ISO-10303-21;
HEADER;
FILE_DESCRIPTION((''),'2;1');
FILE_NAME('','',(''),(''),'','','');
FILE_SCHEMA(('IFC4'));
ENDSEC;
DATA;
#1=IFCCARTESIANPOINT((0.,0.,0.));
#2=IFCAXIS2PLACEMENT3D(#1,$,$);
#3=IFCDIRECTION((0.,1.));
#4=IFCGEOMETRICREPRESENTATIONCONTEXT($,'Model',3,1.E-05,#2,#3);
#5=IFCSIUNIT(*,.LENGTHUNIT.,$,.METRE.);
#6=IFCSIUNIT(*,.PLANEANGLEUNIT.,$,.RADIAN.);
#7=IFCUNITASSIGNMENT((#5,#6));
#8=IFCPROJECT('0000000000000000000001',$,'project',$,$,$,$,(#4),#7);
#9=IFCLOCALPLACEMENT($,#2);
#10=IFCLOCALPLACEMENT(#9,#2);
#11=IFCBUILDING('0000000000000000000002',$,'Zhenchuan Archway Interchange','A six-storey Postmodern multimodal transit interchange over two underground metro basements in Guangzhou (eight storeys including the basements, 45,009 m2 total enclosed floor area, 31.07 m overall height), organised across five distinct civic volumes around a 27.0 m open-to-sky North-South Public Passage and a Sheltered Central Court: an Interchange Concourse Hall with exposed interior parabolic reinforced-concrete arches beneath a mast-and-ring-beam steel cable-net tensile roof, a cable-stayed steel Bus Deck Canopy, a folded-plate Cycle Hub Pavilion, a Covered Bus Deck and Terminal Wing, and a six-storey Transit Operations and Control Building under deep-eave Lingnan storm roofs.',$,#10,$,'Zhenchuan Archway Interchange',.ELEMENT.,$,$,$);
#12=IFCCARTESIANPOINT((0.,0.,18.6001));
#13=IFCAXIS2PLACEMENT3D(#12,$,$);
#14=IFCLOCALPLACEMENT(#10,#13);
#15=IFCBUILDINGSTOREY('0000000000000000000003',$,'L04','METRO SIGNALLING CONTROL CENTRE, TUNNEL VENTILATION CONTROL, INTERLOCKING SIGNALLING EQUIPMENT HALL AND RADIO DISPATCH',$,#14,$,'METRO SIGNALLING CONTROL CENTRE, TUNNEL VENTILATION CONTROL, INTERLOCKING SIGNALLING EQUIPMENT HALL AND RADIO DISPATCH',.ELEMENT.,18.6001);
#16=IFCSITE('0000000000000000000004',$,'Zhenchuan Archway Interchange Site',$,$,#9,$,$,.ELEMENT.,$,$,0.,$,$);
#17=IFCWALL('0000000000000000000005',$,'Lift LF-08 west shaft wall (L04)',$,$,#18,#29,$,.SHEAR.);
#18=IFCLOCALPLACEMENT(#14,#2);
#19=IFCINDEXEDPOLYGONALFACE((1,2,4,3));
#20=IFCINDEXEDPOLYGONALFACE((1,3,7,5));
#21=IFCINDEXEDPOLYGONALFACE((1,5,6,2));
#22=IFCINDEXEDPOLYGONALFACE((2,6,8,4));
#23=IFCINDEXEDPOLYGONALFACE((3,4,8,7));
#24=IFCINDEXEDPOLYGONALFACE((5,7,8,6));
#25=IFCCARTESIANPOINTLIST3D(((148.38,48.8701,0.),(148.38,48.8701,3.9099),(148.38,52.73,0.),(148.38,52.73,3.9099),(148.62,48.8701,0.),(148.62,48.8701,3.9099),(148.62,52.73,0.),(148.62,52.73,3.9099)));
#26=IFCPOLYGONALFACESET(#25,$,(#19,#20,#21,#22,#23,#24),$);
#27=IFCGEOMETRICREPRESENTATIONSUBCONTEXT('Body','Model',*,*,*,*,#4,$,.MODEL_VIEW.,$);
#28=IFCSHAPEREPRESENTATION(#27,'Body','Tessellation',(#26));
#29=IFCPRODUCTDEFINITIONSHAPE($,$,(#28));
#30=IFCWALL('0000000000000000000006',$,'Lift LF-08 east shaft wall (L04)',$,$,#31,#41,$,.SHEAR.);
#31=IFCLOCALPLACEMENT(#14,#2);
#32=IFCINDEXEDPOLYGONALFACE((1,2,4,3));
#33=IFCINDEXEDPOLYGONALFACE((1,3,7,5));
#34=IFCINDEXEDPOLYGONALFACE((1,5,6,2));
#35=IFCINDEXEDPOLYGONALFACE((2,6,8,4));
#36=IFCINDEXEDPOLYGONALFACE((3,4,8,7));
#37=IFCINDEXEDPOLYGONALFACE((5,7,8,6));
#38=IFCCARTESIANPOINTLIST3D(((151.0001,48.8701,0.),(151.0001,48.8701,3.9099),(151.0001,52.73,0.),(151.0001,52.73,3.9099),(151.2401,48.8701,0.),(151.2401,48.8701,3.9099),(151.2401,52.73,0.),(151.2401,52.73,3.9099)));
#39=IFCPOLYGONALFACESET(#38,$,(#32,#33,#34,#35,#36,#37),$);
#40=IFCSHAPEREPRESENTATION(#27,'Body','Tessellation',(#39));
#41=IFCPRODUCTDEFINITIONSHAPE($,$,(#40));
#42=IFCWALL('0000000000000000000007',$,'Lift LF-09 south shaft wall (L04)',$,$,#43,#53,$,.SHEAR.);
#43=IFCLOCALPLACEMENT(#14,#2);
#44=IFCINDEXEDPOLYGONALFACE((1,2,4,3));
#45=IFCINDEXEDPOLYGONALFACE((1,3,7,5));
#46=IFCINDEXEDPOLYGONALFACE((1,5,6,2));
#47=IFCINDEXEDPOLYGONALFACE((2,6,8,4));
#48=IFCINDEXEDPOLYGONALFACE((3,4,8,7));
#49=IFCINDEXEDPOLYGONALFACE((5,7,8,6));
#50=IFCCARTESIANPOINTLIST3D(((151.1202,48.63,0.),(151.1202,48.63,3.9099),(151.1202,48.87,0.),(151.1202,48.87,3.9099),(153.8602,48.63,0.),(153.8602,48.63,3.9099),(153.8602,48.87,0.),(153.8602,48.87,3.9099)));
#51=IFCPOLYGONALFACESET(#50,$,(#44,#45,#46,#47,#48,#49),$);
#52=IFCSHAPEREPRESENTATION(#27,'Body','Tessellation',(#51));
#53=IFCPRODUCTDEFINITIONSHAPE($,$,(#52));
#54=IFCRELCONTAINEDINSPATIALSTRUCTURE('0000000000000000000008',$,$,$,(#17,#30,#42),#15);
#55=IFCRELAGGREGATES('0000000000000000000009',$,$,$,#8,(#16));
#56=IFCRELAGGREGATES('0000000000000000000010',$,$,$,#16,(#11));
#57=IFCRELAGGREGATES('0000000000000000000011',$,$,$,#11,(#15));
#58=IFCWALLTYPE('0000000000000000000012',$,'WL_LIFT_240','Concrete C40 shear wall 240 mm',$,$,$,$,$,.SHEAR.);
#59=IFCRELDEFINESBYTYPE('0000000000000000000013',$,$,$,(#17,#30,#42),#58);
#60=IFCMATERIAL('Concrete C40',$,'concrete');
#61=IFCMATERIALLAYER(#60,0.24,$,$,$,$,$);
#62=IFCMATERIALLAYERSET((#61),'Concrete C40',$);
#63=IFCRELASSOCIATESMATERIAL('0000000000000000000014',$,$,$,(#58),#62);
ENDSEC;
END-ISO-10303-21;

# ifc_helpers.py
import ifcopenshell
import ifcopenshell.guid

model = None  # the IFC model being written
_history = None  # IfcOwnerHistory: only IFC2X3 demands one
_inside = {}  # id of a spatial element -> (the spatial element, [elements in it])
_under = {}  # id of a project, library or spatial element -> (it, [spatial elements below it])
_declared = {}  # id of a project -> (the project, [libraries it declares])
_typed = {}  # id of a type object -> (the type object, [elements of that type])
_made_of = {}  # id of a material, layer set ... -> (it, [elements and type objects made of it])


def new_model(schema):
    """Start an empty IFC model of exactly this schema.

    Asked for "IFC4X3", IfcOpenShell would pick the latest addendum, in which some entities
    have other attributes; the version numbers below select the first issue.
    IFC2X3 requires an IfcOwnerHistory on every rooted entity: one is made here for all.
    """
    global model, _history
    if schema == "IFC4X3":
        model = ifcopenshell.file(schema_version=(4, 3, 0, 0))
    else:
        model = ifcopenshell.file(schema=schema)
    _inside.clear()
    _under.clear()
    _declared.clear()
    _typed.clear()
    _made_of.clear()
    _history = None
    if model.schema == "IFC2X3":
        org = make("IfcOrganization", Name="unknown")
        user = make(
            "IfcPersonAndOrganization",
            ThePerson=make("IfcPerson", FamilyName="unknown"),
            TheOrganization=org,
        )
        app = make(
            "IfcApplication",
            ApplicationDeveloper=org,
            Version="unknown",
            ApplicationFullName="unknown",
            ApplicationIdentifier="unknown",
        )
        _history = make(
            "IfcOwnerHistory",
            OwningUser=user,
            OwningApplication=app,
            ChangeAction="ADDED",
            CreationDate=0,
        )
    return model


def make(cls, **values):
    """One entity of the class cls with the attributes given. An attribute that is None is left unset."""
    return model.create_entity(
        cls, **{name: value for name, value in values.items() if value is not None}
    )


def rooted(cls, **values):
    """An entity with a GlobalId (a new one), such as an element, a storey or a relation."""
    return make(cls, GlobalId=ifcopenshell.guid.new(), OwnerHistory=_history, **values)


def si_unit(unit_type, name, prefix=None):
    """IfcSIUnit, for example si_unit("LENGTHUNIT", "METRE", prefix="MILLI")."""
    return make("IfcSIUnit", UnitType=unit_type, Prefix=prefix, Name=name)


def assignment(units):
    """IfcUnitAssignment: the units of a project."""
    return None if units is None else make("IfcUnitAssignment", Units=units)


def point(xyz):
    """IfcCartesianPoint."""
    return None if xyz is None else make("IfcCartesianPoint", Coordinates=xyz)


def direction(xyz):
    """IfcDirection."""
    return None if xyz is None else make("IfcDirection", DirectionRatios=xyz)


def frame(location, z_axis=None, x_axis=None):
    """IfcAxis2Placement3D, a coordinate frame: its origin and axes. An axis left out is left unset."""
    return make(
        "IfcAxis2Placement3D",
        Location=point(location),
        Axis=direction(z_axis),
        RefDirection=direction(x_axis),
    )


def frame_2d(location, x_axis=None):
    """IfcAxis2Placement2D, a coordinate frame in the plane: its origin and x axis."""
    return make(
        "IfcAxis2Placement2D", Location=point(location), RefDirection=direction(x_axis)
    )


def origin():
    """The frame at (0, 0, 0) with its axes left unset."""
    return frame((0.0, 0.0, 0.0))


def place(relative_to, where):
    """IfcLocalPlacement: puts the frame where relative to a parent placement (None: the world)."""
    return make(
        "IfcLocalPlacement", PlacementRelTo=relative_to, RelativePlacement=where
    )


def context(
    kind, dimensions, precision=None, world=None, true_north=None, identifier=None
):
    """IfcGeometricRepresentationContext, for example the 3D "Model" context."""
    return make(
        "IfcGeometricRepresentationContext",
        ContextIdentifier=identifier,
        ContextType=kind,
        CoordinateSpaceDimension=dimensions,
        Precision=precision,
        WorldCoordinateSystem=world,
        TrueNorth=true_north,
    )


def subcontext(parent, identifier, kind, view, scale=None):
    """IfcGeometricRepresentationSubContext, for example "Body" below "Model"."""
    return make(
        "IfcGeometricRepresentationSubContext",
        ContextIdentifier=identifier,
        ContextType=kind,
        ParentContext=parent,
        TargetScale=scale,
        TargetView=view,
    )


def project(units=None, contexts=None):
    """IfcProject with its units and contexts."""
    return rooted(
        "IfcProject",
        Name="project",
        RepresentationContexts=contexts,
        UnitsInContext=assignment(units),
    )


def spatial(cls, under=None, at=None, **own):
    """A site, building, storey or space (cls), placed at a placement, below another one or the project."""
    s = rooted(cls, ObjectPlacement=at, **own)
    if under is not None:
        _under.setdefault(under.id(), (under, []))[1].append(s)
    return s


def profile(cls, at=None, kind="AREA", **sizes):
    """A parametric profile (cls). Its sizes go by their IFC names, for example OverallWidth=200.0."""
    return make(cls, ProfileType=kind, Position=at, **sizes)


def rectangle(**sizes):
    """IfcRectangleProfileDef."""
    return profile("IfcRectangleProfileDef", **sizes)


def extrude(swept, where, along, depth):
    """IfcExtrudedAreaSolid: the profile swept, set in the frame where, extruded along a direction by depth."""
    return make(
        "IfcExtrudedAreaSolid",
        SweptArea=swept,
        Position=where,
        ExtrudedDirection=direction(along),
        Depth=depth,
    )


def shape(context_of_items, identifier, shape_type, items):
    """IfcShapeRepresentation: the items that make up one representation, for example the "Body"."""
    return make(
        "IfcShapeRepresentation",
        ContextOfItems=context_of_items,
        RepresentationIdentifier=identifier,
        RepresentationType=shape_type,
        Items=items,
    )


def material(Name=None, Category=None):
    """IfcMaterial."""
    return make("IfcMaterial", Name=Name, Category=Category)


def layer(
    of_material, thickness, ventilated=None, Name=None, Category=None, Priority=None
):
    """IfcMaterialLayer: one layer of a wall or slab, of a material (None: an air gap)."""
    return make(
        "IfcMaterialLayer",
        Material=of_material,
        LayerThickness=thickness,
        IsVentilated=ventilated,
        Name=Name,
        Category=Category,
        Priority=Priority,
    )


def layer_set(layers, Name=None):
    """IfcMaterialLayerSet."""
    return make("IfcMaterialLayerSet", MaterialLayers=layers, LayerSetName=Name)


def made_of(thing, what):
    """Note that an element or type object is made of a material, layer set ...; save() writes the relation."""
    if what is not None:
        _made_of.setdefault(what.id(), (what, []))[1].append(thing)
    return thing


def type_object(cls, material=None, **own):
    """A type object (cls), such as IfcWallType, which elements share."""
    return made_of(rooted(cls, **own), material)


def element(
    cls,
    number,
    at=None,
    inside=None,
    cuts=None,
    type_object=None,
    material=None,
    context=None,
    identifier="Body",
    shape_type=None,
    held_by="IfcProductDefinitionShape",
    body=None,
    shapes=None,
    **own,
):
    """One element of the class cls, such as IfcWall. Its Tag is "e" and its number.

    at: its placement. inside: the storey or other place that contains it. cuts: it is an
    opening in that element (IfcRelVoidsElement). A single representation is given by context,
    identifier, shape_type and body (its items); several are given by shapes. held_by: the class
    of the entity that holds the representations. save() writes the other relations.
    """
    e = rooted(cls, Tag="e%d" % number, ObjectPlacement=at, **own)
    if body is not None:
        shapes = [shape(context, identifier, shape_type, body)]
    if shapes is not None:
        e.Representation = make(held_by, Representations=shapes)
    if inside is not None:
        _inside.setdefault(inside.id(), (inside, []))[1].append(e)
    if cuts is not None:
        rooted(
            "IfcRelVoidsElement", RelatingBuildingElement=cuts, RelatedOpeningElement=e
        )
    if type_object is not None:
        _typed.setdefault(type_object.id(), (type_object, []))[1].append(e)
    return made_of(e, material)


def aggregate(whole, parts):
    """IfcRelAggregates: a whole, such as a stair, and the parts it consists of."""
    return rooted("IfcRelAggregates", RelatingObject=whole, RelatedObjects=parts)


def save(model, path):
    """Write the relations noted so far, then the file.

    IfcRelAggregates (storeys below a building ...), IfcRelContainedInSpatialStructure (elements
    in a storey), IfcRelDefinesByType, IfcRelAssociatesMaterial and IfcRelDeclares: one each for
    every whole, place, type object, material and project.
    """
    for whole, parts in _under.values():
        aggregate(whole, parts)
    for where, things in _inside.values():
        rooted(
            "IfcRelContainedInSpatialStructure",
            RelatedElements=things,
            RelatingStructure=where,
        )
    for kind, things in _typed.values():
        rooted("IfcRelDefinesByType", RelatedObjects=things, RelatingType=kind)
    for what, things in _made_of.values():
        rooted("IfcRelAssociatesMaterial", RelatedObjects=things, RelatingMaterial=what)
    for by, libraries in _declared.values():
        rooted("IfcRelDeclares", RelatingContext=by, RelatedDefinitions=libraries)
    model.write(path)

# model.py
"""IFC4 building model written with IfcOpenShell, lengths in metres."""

from ifc_helpers import new_model, si_unit, direction, frame, frame_2d, origin, place, context, subcontext, project, spatial, rectangle, extrude, material, layer, layer_set, type_object, element, save


model = new_model("IFC4")

# Units and contexts
model_context = context("Model", 3, precision=1e-05, world=origin(), true_north=direction((0.0, 1.0)))
body_context = subcontext(model_context, "Body", "Model", "MODEL_VIEW")
ifc_project = project(units=[si_unit("LENGTHUNIT", "METRE"), si_unit("PLANEANGLEUNIT", "RADIAN")], contexts=[model_context])

# Site, building, storey
site_placement = place(None, origin())
site = spatial("IfcSite", under=ifc_project, at=site_placement, Name="Zhenchuan Archway Interchange Site", CompositionType="ELEMENT", RefElevation=0.0)
building_placement = place(site_placement, origin())
building = spatial("IfcBuilding", under=site, at=building_placement, Name="Zhenchuan Archway Interchange", Description="A six-storey Postmodern multimodal transit interchange over two underground metro basements in Guangzhou (eight storeys including the basements, 45,009 m2 total enclosed floor area, 31.07 m overall height), organised across five distinct civic volumes around a 27.0 m open-to-sky North-South Public Passage and a Sheltered Central Court: an Interchange Concourse Hall with exposed interior parabolic reinforced-concrete arches beneath a mast-and-ring-beam steel cable-net tensile roof, a cable-stayed steel Bus Deck Canopy, a folded-plate Cycle Hub Pavilion, a Covered Bus Deck and Terminal Wing, and a six-storey Transit Operations and Control Building under deep-eave Lingnan storm roofs.", LongName="Zhenchuan Archway Interchange", CompositionType="ELEMENT")
storey_placement = place(building_placement, frame((0.0, 0.0, 18.6001)))
storey = spatial("IfcBuildingStorey", under=building, at=storey_placement, Name="L04", Description="METRO SIGNALLING CONTROL CENTRE, TUNNEL VENTILATION CONTROL, INTERLOCKING SIGNALLING EQUIPMENT HALL AND RADIO DISPATCH", LongName="METRO SIGNALLING CONTROL CENTRE, TUNNEL VENTILATION CONTROL, INTERLOCKING SIGNALLING EQUIPMENT HALL AND RADIO DISPATCH", CompositionType="ELEMENT", Elevation=18.6001)

# Shared definitions
ifc_material_1 = material(Name="Concrete C40", Category="concrete")

# Shared definitions
ifc_layer_1 = layer(ifc_material_1, 0.24)
ifc_layer_set_1 = layer_set([ifc_layer_1], Name="Concrete C40")
wall_type_1 = type_object("IfcWallType", Name="WL_LIFT_240", Description="Concrete C40 shear wall 240 mm", PredefinedType="SHEAR", material=ifc_layer_set_1)

# Walls
for number, where, z_axis, x_axis, name in (
    (1, (148.5, 52.73, 0.0), (0.0, 0.0, 1.0), (0.0, -1.0, 0.0), "Lift LF-08 west shaft wall (L04)"),
    (2, (151.1201, 48.8701, 0.0), (0.0, 0.0, 1.0), (0.0, 1.0, 0.0), "Lift LF-08 east shaft wall (L04)"),
):
    element("IfcWall", number, at=place(storey_placement, frame(where, z_axis=z_axis, x_axis=x_axis)), inside=storey, type_object=wall_type_1, Name=name, PredefinedType="SHEAR", context=body_context, shape_type="SweptSolid", body=[
        extrude(rectangle(XDim=3.8599, YDim=0.24, at=frame_2d((1.9299, 0.0))), origin(), (0.0, 0.0, 1.0), 3.9099),
    ])
wall_1_placement = place(storey_placement, frame((151.1201, 48.75, 0.0), z_axis=(0.0, 0.0, 1.0), x_axis=(1.0, 0.0, 0.0)))
element("IfcWall", 3, at=wall_1_placement, inside=storey, type_object=wall_type_1, Name="Lift LF-09 south shaft wall (L04)", PredefinedType="SHEAR", context=body_context, shape_type="SweptSolid", body=[
    extrude(rectangle(XDim=2.74, YDim=0.24, at=frame_2d((1.3701, 0.0))), origin(), (0.0, 0.0, 1.0), 3.9099),
])

save(model, "model.ifc")
